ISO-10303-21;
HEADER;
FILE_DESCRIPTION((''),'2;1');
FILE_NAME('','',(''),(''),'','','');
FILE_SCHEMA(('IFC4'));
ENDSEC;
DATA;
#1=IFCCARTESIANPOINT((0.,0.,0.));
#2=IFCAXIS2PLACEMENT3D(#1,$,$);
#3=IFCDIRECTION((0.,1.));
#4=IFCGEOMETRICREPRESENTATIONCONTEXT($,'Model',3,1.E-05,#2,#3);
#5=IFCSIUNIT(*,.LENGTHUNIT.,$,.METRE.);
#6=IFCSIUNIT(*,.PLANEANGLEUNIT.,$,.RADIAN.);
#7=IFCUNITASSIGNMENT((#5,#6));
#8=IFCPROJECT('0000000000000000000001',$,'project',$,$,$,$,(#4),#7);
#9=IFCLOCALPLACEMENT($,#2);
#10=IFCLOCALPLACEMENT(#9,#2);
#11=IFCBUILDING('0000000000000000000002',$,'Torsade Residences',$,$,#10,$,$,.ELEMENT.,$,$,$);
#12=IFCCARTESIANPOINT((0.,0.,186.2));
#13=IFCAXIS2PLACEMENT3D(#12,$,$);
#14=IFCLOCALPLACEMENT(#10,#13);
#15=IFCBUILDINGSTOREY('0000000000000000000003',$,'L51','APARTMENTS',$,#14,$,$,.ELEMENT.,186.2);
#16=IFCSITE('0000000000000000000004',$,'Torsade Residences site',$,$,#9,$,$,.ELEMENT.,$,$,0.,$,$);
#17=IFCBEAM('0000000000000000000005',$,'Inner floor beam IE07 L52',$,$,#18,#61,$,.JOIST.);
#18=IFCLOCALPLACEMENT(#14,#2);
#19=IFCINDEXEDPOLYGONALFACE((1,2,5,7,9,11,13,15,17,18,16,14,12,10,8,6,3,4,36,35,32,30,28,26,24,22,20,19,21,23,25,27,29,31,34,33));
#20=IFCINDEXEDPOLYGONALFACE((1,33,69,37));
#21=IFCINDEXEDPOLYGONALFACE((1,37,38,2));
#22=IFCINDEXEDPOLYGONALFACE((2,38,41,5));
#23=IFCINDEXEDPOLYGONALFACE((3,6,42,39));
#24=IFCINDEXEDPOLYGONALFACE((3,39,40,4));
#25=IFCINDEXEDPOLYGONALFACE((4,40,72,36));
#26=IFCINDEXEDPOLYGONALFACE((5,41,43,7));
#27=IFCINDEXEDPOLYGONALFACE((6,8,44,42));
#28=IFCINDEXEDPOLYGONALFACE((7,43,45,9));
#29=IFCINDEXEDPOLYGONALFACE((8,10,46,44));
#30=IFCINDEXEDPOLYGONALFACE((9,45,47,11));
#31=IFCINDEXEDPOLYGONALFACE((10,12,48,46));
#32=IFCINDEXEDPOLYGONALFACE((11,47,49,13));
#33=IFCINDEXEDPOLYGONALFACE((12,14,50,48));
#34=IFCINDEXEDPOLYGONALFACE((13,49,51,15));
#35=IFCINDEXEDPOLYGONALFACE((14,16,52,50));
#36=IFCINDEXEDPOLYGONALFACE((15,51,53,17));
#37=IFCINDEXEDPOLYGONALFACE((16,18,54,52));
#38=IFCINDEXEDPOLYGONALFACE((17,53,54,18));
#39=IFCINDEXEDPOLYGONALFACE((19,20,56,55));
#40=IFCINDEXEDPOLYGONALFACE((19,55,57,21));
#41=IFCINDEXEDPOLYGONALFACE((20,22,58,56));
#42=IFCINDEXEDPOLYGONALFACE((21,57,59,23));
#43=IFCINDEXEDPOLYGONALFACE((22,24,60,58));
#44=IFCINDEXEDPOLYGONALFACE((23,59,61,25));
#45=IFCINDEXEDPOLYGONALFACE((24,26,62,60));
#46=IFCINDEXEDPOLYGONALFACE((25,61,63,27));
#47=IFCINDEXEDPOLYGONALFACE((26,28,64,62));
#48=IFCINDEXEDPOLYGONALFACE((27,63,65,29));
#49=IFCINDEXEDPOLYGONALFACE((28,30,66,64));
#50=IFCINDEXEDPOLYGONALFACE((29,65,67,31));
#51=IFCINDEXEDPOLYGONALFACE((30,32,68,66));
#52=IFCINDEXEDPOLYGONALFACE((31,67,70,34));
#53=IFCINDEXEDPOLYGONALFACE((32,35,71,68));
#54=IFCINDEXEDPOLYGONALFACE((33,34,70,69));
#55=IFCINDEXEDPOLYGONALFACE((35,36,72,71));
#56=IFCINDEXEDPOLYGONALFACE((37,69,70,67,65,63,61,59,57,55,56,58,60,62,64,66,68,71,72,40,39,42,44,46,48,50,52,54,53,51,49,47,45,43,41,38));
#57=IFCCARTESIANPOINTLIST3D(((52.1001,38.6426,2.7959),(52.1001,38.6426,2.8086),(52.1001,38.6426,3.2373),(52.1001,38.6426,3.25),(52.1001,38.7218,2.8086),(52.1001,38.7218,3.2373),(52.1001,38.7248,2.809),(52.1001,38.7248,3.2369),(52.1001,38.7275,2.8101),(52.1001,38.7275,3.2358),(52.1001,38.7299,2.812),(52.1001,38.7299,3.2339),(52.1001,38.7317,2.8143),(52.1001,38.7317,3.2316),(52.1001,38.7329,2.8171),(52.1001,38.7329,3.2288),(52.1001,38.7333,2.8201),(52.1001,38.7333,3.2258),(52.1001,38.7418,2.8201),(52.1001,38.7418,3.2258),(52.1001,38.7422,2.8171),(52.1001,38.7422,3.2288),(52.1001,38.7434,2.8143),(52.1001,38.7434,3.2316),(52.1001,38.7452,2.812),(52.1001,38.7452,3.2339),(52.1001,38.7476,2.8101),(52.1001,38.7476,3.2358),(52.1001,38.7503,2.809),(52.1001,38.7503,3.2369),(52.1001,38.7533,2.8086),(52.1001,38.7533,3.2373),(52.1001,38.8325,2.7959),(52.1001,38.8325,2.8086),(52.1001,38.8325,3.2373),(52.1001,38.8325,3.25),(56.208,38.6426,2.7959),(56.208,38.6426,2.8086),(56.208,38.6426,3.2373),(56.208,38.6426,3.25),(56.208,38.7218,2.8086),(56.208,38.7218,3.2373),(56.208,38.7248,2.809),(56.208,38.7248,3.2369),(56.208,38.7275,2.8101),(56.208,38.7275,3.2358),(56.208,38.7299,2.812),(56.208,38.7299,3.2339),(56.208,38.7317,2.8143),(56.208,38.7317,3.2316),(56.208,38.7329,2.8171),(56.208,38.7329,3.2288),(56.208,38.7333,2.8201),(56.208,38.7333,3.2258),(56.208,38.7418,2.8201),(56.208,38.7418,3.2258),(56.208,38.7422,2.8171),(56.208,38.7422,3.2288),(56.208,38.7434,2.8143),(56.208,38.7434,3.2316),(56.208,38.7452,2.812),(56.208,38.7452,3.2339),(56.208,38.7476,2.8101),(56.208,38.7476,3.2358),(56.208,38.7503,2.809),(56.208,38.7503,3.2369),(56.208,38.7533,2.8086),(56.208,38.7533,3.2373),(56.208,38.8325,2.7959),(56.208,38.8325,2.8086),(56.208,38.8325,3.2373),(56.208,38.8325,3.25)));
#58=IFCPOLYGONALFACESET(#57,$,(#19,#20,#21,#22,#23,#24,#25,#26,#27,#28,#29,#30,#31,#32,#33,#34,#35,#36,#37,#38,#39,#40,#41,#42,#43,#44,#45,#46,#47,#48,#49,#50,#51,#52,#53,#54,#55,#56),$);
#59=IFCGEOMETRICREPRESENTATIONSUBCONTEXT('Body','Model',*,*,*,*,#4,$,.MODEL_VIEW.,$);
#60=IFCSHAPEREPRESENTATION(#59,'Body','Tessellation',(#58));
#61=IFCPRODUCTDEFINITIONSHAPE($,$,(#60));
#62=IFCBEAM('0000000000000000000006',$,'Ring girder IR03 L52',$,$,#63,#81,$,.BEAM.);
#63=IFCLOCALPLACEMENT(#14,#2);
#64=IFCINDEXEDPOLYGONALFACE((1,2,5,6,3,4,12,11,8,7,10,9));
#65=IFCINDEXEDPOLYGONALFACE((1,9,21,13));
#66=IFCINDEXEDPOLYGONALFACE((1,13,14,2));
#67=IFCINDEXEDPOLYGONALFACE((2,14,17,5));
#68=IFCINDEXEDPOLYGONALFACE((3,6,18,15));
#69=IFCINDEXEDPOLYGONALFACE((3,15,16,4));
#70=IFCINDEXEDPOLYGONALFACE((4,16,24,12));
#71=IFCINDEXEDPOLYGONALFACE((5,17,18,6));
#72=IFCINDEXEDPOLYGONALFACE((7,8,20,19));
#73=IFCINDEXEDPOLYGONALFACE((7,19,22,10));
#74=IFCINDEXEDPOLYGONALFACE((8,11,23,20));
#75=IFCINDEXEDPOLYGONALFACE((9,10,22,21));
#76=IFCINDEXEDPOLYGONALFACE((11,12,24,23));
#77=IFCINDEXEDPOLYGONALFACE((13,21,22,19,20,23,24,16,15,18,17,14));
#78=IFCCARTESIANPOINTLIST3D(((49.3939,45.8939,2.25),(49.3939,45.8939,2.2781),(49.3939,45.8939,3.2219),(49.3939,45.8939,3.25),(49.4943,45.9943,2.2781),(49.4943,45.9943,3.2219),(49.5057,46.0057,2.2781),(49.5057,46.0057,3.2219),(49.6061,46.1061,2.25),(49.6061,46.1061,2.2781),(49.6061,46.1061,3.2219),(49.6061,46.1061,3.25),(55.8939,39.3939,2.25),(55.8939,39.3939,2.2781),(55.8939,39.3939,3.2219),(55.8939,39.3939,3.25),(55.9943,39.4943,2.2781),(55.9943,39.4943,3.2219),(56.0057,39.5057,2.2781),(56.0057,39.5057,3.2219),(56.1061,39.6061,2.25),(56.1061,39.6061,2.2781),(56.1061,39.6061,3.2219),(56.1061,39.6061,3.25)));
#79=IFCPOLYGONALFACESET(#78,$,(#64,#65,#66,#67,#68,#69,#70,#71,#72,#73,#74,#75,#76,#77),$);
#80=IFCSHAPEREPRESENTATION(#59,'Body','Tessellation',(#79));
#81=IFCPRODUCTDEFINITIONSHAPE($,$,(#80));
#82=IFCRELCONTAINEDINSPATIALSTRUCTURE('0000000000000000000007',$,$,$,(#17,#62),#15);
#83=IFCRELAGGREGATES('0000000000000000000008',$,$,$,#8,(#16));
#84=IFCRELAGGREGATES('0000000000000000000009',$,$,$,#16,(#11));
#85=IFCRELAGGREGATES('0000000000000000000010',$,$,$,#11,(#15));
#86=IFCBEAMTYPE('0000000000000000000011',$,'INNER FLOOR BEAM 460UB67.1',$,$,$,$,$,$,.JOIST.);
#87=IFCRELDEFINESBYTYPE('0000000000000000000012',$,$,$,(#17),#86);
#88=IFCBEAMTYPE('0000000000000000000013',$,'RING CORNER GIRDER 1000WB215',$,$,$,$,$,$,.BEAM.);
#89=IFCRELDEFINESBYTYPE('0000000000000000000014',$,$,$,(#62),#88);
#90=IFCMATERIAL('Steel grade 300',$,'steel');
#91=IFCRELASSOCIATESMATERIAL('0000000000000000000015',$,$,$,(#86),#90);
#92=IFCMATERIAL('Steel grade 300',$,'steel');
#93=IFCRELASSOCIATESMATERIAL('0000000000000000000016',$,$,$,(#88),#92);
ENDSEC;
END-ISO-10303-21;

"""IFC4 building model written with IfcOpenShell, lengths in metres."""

from ifc_helpers import new_model, si_unit, direction, frame, origin, origin_2d, place, context, subcontext, project, spatial, i_section, extrude, material, material_profile, profile_set, type_object, element, save


model = new_model("IFC4")

# Units and contexts
model_context = context("Model", 3, precision=1e-05, world=origin(), true_north=direction((0.0, 1.0)))
body_context = subcontext(model_context, "Body", "Model", "MODEL_VIEW")
ifc_project = project(units=[si_unit("LENGTHUNIT", "METRE"), si_unit("PLANEANGLEUNIT", "RADIAN")], contexts=[model_context])

# Site, building, storey
site_placement = place(None, origin())
site = spatial("IfcSite", under=ifc_project, at=site_placement, Name="Torsade Residences site", CompositionType="ELEMENT", RefElevation=0.0)
building_placement = place(site_placement, origin())
building = spatial("IfcBuilding", under=site, at=building_placement, Name="Torsade Residences", CompositionType="ELEMENT")
storey_placement = place(building_placement, frame((0.0, 0.0, 186.2)))
storey = spatial("IfcBuildingStorey", under=building, at=storey_placement, Name="L51", Description="APARTMENTS", CompositionType="ELEMENT", Elevation=186.2)

# Beams
ifc_material_1 = material(Name="Steel grade 300", Category="steel")
ifc_material_profile_1 = material_profile(ifc_material_1, i_section(OverallWidth=0.1899, OverallDepth=0.4541, WebThickness=0.0085, FlangeThickness=0.0127, FilletRadius=0.0115, at=origin_2d()), Name="460UB67.1")
ifc_profile_set_1 = profile_set([ifc_material_profile_1], Name="Steel grade 300")
beam_type_1 = type_object("IfcBeamType", Name="INNER FLOOR BEAM 460UB67.1", PredefinedType="JOIST", material=ifc_profile_set_1)
beam_1_placement = place(storey_placement, frame((52.1001, 38.7375, 3.0229), z_axis=(1.0, 0.0, 0.0), x_axis=(0.0, 1.0, 0.0)))
element("IfcBeam", 1, at=beam_1_placement, inside=storey, type_object=beam_type_1, Name="Inner floor beam IE07 L52", PredefinedType="JOIST", context=body_context, shape_type="SweptSolid", body=[
    extrude(i_section(OverallWidth=0.1899, OverallDepth=0.4541, WebThickness=0.0085, FlangeThickness=0.0127, FilletRadius=0.0115, at=origin_2d()), origin(), (0.0, 0.0, 1.0), 4.1079),
])
ifc_material_2 = material(Name="Steel grade 300", Category="steel")
ifc_material_profile_2 = material_profile(ifc_material_2, i_section(OverallWidth=0.3, OverallDepth=1.0, WebThickness=0.0161, FlangeThickness=0.0281, at=origin_2d()), Name="1000WB215")
ifc_profile_set_2 = profile_set([ifc_material_profile_2], Name="Steel grade 300")
beam_type_2 = type_object("IfcBeamType", Name="RING CORNER GIRDER 1000WB215", PredefinedType="BEAM", material=ifc_profile_set_2)
beam_2_placement = place(storey_placement, frame((56.0, 39.5, 2.75), z_axis=(-0.707107, 0.707107, 0.0), x_axis=(-0.707107, -0.707107, 0.0)))
element("IfcBeam", 2, at=beam_2_placement, inside=storey, type_object=beam_type_2, Name="Ring girder IR03 L52", PredefinedType="BEAM", context=body_context, shape_type="SweptSolid", body=[
    extrude(i_section(OverallWidth=0.3, OverallDepth=1.0, WebThickness=0.0161, FlangeThickness=0.0281, at=origin_2d()), origin(), (0.0, 0.0, 1.0), 9.1924),
])

save(model, "model.ifc")
